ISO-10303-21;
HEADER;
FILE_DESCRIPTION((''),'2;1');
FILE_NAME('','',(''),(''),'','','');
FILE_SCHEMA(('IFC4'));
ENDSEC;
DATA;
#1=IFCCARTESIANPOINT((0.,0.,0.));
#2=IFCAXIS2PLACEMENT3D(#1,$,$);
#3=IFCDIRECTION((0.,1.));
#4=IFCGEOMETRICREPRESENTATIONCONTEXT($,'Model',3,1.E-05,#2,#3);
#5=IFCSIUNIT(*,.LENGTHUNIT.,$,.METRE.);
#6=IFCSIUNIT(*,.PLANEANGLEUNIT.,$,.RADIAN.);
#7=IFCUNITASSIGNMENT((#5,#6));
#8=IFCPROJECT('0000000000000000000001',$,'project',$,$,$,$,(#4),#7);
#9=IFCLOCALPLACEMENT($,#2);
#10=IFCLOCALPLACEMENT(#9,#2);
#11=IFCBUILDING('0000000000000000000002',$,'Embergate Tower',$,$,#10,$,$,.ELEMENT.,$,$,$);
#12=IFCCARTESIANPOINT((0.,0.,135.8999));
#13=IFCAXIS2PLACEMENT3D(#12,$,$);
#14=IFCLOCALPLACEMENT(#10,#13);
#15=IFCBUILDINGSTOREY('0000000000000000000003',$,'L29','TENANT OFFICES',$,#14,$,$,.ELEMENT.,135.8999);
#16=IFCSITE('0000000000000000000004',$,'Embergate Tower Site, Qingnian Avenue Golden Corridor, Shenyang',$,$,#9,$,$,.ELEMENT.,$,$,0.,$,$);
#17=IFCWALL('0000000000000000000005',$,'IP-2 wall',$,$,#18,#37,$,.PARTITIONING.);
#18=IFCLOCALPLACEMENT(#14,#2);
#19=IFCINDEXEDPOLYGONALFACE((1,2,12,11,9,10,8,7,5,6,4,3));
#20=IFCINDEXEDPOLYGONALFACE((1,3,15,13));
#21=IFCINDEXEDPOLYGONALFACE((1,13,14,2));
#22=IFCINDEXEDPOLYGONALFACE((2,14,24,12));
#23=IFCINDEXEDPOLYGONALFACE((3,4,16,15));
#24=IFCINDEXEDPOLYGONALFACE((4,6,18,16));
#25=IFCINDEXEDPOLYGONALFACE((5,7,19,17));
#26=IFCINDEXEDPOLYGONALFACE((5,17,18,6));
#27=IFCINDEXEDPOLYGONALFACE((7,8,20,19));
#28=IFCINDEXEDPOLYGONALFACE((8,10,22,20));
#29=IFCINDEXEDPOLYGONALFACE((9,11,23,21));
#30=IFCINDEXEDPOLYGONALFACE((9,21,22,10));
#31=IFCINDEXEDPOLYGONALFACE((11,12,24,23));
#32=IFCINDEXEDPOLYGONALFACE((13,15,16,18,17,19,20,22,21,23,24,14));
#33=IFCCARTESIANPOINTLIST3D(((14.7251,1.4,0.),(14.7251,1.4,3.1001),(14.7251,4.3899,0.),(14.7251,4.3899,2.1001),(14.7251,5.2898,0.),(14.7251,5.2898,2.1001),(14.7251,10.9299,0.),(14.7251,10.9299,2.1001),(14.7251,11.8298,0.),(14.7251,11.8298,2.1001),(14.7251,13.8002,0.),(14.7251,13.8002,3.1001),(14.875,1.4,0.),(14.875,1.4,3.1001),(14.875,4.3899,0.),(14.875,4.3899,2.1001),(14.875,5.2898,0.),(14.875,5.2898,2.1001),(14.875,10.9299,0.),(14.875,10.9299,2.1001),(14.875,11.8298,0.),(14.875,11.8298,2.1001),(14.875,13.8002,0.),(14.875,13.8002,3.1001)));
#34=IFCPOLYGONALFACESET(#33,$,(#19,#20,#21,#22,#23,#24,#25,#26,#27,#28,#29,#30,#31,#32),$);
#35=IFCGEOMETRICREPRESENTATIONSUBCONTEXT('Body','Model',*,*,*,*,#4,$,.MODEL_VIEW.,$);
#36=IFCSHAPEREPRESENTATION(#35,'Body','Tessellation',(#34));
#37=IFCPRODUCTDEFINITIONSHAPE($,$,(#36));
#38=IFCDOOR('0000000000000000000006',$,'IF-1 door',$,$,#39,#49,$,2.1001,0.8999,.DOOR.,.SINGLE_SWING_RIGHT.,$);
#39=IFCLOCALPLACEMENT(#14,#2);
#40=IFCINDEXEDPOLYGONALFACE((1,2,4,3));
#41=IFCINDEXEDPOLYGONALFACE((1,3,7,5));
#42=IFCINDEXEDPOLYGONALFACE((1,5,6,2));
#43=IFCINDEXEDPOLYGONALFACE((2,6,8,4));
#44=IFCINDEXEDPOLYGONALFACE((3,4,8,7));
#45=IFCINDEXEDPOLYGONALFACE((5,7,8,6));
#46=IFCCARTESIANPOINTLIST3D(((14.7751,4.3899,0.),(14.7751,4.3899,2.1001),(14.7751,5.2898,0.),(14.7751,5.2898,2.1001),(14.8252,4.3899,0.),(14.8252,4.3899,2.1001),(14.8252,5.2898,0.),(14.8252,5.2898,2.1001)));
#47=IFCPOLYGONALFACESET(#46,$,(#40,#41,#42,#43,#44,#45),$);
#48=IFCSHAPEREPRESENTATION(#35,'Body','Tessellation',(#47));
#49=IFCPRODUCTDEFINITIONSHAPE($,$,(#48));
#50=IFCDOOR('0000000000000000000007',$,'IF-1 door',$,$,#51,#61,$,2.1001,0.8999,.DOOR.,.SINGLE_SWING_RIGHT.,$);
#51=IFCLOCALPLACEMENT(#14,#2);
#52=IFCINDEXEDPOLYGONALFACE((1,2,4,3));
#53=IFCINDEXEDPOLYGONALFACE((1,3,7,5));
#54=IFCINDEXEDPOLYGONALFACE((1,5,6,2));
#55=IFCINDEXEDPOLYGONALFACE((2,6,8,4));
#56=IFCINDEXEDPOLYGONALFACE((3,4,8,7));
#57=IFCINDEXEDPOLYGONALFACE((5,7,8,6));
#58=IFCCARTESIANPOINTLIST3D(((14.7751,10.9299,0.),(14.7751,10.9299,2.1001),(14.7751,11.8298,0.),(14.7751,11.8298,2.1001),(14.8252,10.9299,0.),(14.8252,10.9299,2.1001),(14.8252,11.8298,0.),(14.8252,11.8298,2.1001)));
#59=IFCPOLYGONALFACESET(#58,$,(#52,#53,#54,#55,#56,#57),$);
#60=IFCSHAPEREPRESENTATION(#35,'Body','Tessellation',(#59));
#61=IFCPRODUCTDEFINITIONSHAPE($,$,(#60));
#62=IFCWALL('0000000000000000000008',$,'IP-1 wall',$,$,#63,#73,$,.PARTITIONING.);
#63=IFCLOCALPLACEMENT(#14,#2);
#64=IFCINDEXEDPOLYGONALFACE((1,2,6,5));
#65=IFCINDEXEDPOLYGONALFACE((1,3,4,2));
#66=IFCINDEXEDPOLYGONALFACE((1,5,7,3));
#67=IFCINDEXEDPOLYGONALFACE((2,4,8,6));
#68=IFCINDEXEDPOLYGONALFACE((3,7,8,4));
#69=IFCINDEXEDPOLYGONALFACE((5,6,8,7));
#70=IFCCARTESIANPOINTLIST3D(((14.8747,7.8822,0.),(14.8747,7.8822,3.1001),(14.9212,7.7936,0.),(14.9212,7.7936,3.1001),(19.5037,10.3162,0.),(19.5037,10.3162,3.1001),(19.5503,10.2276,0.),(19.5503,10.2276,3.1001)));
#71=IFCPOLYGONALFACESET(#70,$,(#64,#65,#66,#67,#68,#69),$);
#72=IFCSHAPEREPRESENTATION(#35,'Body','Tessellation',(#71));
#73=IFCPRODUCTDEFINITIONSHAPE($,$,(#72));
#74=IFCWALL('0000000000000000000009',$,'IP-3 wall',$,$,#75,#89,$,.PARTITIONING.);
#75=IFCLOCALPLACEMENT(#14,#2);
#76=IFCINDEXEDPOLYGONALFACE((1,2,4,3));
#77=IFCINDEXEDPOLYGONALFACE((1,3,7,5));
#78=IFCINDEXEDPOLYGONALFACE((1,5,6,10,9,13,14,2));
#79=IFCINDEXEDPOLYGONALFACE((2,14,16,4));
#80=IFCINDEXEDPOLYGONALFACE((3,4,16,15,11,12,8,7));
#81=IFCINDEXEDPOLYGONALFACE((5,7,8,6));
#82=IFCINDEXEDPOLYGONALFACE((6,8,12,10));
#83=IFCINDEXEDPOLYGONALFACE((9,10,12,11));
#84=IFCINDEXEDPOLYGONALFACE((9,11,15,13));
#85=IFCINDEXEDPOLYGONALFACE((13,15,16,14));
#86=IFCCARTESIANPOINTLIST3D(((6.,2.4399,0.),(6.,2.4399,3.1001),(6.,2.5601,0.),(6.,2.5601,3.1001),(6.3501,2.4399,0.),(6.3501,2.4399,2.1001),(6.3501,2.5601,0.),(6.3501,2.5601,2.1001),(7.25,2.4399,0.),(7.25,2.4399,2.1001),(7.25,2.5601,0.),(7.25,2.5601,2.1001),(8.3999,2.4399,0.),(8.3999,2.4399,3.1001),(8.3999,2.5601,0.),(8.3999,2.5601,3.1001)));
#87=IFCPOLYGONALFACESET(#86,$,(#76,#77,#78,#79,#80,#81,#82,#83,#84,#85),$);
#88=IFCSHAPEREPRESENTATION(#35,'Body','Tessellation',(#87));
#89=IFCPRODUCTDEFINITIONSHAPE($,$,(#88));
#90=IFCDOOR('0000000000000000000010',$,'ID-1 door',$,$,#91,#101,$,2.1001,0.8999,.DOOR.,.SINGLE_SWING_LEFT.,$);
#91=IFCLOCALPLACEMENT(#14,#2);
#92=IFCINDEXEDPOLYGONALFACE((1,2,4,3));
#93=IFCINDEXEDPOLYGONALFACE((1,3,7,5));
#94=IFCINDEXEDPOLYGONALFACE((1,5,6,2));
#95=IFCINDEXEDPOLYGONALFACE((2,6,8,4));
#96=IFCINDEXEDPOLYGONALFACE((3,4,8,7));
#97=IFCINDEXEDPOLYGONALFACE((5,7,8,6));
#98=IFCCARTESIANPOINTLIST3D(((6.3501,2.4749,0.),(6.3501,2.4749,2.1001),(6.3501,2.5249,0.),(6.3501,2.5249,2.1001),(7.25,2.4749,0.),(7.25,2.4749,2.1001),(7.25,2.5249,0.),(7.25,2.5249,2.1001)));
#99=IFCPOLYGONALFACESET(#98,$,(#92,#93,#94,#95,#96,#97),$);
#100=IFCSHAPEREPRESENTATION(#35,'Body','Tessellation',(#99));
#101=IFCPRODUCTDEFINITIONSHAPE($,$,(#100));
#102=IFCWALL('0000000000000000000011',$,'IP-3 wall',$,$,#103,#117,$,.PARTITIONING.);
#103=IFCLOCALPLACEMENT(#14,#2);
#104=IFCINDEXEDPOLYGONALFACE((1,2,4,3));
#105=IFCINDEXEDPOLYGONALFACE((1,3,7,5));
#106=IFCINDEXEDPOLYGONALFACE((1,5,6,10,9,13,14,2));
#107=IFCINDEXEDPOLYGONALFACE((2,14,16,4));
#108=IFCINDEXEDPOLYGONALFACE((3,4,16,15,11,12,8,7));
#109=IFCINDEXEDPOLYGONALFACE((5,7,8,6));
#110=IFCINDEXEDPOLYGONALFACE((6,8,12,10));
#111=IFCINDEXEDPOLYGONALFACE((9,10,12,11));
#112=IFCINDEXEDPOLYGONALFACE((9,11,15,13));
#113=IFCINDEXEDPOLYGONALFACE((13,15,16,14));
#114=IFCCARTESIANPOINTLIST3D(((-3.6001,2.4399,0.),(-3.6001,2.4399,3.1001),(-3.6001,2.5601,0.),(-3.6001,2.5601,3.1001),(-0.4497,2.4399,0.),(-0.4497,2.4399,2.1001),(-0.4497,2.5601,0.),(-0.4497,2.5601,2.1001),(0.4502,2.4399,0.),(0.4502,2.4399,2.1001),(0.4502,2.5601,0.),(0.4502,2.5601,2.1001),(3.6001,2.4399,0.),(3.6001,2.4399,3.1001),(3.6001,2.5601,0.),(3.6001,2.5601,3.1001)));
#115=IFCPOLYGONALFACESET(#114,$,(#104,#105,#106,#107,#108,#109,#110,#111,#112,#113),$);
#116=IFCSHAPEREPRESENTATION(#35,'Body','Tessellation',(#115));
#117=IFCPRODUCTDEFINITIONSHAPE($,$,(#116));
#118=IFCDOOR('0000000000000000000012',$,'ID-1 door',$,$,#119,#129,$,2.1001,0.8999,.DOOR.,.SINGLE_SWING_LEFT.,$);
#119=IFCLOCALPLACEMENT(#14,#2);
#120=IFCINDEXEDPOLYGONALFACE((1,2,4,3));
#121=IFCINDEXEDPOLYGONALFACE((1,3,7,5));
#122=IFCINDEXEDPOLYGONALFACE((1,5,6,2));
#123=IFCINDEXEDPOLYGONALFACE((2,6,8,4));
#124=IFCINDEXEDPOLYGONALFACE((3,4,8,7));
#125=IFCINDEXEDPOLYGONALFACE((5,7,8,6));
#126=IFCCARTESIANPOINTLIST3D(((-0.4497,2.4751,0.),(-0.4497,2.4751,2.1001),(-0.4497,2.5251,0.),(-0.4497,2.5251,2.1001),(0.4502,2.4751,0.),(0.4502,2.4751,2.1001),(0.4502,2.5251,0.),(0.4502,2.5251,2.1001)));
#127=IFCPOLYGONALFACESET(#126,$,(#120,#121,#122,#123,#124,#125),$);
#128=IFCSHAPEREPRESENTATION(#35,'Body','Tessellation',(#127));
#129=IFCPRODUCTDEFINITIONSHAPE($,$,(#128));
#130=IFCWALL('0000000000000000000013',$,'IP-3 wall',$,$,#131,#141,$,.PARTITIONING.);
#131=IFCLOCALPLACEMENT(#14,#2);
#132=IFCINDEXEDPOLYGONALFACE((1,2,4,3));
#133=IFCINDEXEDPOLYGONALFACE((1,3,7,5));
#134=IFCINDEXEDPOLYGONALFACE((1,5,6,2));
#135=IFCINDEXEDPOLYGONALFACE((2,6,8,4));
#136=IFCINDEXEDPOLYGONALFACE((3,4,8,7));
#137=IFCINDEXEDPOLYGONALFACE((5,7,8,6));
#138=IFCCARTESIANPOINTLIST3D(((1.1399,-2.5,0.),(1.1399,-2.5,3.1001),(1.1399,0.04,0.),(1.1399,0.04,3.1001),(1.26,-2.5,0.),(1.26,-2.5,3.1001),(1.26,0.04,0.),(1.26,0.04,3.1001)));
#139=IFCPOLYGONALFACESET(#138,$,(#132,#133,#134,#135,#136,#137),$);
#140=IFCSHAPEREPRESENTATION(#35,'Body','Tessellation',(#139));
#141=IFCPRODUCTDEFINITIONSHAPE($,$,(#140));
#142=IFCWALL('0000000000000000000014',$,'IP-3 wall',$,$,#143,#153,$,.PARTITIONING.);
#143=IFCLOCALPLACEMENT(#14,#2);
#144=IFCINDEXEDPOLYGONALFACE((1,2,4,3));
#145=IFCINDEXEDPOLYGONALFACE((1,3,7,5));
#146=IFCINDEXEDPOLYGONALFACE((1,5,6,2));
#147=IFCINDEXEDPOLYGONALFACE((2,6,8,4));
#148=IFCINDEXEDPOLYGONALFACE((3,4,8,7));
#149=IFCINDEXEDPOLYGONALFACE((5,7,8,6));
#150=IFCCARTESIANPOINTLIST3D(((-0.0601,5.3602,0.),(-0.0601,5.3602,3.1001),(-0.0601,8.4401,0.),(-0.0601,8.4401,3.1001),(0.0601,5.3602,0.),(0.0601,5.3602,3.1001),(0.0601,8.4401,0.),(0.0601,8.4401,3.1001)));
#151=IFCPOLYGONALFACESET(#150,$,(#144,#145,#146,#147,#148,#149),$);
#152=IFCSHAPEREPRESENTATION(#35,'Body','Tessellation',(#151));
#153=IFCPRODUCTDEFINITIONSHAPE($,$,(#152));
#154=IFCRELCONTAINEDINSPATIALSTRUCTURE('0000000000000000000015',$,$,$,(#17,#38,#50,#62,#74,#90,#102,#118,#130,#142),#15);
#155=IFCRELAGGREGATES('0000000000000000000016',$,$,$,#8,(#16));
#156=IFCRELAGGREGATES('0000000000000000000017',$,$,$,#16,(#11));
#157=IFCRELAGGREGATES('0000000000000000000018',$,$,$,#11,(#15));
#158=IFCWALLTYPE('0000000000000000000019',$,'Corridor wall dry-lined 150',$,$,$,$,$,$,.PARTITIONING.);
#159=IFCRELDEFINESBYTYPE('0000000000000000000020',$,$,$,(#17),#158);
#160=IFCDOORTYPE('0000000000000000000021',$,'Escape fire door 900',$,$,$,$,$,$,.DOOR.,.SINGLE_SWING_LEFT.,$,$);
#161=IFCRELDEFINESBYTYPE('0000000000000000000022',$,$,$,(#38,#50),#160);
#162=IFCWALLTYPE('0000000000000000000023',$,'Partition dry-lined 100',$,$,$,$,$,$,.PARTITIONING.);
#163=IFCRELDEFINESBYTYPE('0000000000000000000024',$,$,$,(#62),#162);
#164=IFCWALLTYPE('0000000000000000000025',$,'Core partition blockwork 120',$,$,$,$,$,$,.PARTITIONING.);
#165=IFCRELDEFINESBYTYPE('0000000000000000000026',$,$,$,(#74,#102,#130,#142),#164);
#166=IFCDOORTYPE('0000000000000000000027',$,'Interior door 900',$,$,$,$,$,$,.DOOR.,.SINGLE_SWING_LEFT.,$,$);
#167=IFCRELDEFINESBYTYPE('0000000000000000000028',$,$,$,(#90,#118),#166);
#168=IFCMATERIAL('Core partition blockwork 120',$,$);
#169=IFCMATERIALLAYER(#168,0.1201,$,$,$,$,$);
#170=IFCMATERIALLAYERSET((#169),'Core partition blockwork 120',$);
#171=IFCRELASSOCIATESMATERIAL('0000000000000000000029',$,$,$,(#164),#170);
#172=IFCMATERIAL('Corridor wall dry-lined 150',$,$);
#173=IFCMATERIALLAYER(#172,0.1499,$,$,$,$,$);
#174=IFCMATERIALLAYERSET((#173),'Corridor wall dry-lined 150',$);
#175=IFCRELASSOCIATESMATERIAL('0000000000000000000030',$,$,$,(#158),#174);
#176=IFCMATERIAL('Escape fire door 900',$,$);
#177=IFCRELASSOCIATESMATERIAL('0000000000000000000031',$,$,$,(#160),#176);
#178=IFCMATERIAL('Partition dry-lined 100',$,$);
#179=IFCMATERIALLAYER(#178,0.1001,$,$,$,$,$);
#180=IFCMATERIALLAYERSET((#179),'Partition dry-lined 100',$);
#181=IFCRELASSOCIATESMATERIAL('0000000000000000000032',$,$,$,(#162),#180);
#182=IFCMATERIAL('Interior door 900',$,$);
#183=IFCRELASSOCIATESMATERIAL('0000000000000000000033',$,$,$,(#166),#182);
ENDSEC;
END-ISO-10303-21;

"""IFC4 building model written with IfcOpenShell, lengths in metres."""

from ifc_helpers import new_model, si_unit, direction, frame, frame_2d, origin, place, context, subcontext, project, spatial, rectangle, extrude, source, transform, mapped, material, layer, layer_set, type_object, element, fill, save


model = new_model("IFC4")

# Units and contexts
model_context = context("Model", 3, precision=1e-05, world=origin(), true_north=direction((0.0, 1.0)))
body_context = subcontext(model_context, "Body", "Model", "MODEL_VIEW")
ifc_project = project(units=[si_unit("LENGTHUNIT", "METRE"), si_unit("PLANEANGLEUNIT", "RADIAN")], contexts=[model_context])

# Site, building, storey
site_placement = place(None, origin())
site = spatial("IfcSite", under=ifc_project, at=site_placement, Name="Embergate Tower Site, Qingnian Avenue Golden Corridor, Shenyang", CompositionType="ELEMENT", RefElevation=0.0)
building_placement = place(site_placement, origin())
building = spatial("IfcBuilding", under=site, at=building_placement, Name="Embergate Tower", CompositionType="ELEMENT")
storey_placement = place(building_placement, frame((0.0, 0.0, 135.8999)))
storey = spatial("IfcBuildingStorey", under=building, at=storey_placement, Name="L29", Description="TENANT OFFICES", CompositionType="ELEMENT", Elevation=135.8999)

# Shared definitions
ifc_material_1 = material(Name="Core partition blockwork 120")
ifc_layer_1 = layer(ifc_material_1, 0.1201)
ifc_layer_set_1 = layer_set([ifc_layer_1], Name="Core partition blockwork 120")
wall_type_1 = type_object("IfcWallType", Name="Core partition blockwork 120", PredefinedType="PARTITIONING", material=ifc_layer_set_1)

# Wall, openings, doors
ifc_material_2 = material(Name="Corridor wall dry-lined 150")
ifc_layer_2 = layer(ifc_material_2, 0.1499)
ifc_layer_set_2 = layer_set([ifc_layer_2], Name="Corridor wall dry-lined 150")
wall_type_2 = type_object("IfcWallType", Name="Corridor wall dry-lined 150", PredefinedType="PARTITIONING", material=ifc_layer_set_2)
shared_shape_1 = source(origin(), body_context, "Body", "SweptSolid", [
    extrude(rectangle(XDim=12.4001, YDim=0.1499, at=frame_2d((6.2002, 0.0))), origin(), (0.0, 0.0, 1.0), 3.1001),
])
wall_1_placement = place(storey_placement, frame((14.8, 1.3999, 0.0), z_axis=(0.0, 0.0, 1.0), x_axis=(0.0, 1.0, 0.0)))
wall_1 = element("IfcWall", 1, at=wall_1_placement, inside=storey, type_object=wall_type_2, Name="IP-2 wall", PredefinedType="PARTITIONING", context=body_context, shape_type="MappedRepresentation", body=[
    mapped(shared_shape_1, transform((0.0, 0.0, 0.0))),
])
shared_shape_2 = source(origin(), body_context, "Body", "SweptSolid", [
    extrude(rectangle(XDim=0.8999, YDim=2.1001, at=frame_2d((0.45, 1.05))), frame((0.0, 0.085, 0.0), z_axis=(0.0, -1.0, 0.0), x_axis=(1.0, 0.0, 0.0)), (0.0, 0.0, 1.0), 0.1699),
])
opening_1_placement = place(wall_1_placement, frame((2.99, 0.0, 0.0)))
opening_1 = element("IfcOpeningElement", 2, at=opening_1_placement, cuts=wall_1, PredefinedType="OPENING", context=body_context, shape_type="MappedRepresentation", body=[
    mapped(shared_shape_2, transform((0.0, 0.0, 0.0))),
])
opening_2_placement = place(wall_1_placement, frame((9.53, 0.0, 0.0)))
opening_2 = element("IfcOpeningElement", 3, at=opening_2_placement, cuts=wall_1, PredefinedType="OPENING", context=body_context, shape_type="MappedRepresentation", body=[
    mapped(shared_shape_2, transform((0.0, 0.0, 0.0))),
])
ifc_material_3 = material(Name="Escape fire door 900")
door_type_1 = type_object("IfcDoorType", Name="Escape fire door 900", OperationType="SINGLE_SWING_LEFT", PredefinedType="DOOR", material=ifc_material_3)
shared_shape_3 = source(origin(), body_context, "Body", "SweptSolid", [
    extrude(rectangle(XDim=0.8999, YDim=2.1001, at=frame_2d((0.45, 1.05))), frame((0.0, 0.0249, 0.0), z_axis=(0.0, -1.0, 0.0), x_axis=(1.0, 0.0, 0.0)), (0.0, 0.0, 1.0), 0.05),
])
door_1_placement = place(opening_1_placement, origin())
door_1 = element("IfcDoor", 4, at=door_1_placement, inside=storey, type_object=door_type_1, Name="IF-1 door", OperationType="SINGLE_SWING_RIGHT", OverallHeight=2.1001, OverallWidth=0.8999, PredefinedType="DOOR", context=body_context, shape_type="MappedRepresentation", body=[
    mapped(shared_shape_3, transform((0.0, 0.0, 0.0))),
])
fill(opening_1, door_1)
door_2_placement = place(opening_2_placement, origin())
door_2 = element("IfcDoor", 5, at=door_2_placement, inside=storey, type_object=door_type_1, Name="IF-1 door", OperationType="SINGLE_SWING_RIGHT", OverallHeight=2.1001, OverallWidth=0.8999, PredefinedType="DOOR", context=body_context, shape_type="MappedRepresentation", body=[
    mapped(shared_shape_3, transform((0.0, 0.0, 0.0))),
])
fill(opening_2, door_2)

# Wall
ifc_material_4 = material(Name="Partition dry-lined 100")
ifc_layer_3 = layer(ifc_material_4, 0.1001)
ifc_layer_set_3 = layer_set([ifc_layer_3], Name="Partition dry-lined 100")
wall_type_3 = type_object("IfcWallType", Name="Partition dry-lined 100", PredefinedType="PARTITIONING", material=ifc_layer_set_3)
shared_shape_4 = source(origin(), body_context, "Body", "SweptSolid", [
    extrude(rectangle(XDim=5.23, YDim=0.1001, at=frame_2d((2.615, 0.0))), origin(), (0.0, 0.0, 1.0), 3.1001),
])
wall_2_placement = place(storey_placement, frame((14.8979, 7.8379, 0.0), z_axis=(0.0, 0.0, 1.0), x_axis=(0.8851, 0.4654, 0.0)))
element("IfcWall", 6, at=wall_2_placement, inside=storey, type_object=wall_type_3, Name="IP-1 wall", PredefinedType="PARTITIONING", context=body_context, shape_type="MappedRepresentation", body=[
    mapped(shared_shape_4, transform((0.0, 0.0, 0.0))),
])

# Walls, openings, doors
shared_shape_5 = source(origin(), body_context, "Body", "SweptSolid", [
    extrude(rectangle(XDim=2.3999, YDim=0.1201, at=frame_2d((1.2, 0.0))), origin(), (0.0, 0.0, 1.0), 3.1001),
])
wall_3_placement = place(storey_placement, frame((6.0, 2.5, 0.0), z_axis=(0.0, 0.0, 1.0), x_axis=(1.0, 0.0, 0.0)))
wall_3 = element("IfcWall", 7, at=wall_3_placement, inside=storey, type_object=wall_type_1, Name="IP-3 wall", PredefinedType="PARTITIONING", context=body_context, shape_type="MappedRepresentation", body=[
    mapped(shared_shape_5, transform((0.0, 0.0, 0.0))),
])
shared_shape_6 = source(origin(), body_context, "Body", "SweptSolid", [
    extrude(rectangle(XDim=0.8999, YDim=2.1001, at=frame_2d((0.45, 1.05))), frame((0.0, 0.0701, 0.0), z_axis=(0.0, -1.0, 0.0), x_axis=(1.0, 0.0, 0.0)), (0.0, 0.0, 1.0), 0.1401),
])
opening_3_placement = place(wall_3_placement, frame((0.3501, 0.0, 0.0)))
opening_3 = element("IfcOpeningElement", 8, at=opening_3_placement, cuts=wall_3, PredefinedType="OPENING", context=body_context, shape_type="MappedRepresentation", body=[
    mapped(shared_shape_6, transform((0.0, 0.0, 0.0))),
])
ifc_material_5 = material(Name="Interior door 900")
door_type_2 = type_object("IfcDoorType", Name="Interior door 900", OperationType="SINGLE_SWING_LEFT", PredefinedType="DOOR", material=ifc_material_5)
door_3_placement = place(opening_3_placement, origin())
door_3 = element("IfcDoor", 9, at=door_3_placement, inside=storey, type_object=door_type_2, Name="ID-1 door", OperationType="SINGLE_SWING_LEFT", OverallHeight=2.1001, OverallWidth=0.8999, PredefinedType="DOOR", context=body_context, shape_type="MappedRepresentation", body=[
    mapped(shared_shape_3, transform((0.0, 0.0, 0.0))),
])
fill(opening_3, door_3)
shared_shape_7 = source(origin(), body_context, "Body", "SweptSolid", [
    extrude(rectangle(XDim=7.2002, YDim=0.1201, at=frame_2d((3.6001, 0.0))), origin(), (0.0, 0.0, 1.0), 3.1001),
])
wall_4_placement = place(storey_placement, frame((3.6001, 2.5, 0.0), z_axis=(0.0, 0.0, 1.0), x_axis=(-1.0, 0.0, 0.0)))
wall_4 = element("IfcWall", 10, at=wall_4_placement, inside=storey, type_object=wall_type_1, Name="IP-3 wall", PredefinedType="PARTITIONING", context=body_context, shape_type="MappedRepresentation", body=[
    mapped(shared_shape_7, transform((0.0, 0.0, 0.0))),
])
opening_4_placement = place(wall_4_placement, frame((3.1499, 0.0, 0.0)))
opening_4 = element("IfcOpeningElement", 11, at=opening_4_placement, cuts=wall_4, PredefinedType="OPENING", context=body_context, shape_type="MappedRepresentation", body=[
    mapped(shared_shape_6, transform((0.0, 0.0, 0.0))),
])
door_4_placement = place(opening_4_placement, origin())
door_4 = element("IfcDoor", 12, at=door_4_placement, inside=storey, type_object=door_type_2, Name="ID-1 door", OperationType="SINGLE_SWING_LEFT", OverallHeight=2.1001, OverallWidth=0.8999, PredefinedType="DOOR", context=body_context, shape_type="MappedRepresentation", body=[
    mapped(shared_shape_3, transform((0.0, 0.0, 0.0))),
])
fill(opening_4, door_4)

# Walls
shared_shape_8 = source(origin(), body_context, "Body", "SweptSolid", [
    extrude(rectangle(XDim=2.54, YDim=0.1201, at=frame_2d((1.27, 0.0))), origin(), (0.0, 0.0, 1.0), 3.1001),
])
wall_5_placement = place(storey_placement, frame((1.2, 0.04, 0.0), z_axis=(0.0, 0.0, 1.0), x_axis=(0.0, -1.0, 0.0)))
element("IfcWall", 13, at=wall_5_placement, inside=storey, type_object=wall_type_1, Name="IP-3 wall", PredefinedType="PARTITIONING", context=body_context, shape_type="MappedRepresentation", body=[
    mapped(shared_shape_8, transform((0.0, 0.0, 0.0))),
])
shared_shape_9 = source(origin(), body_context, "Body", "SweptSolid", [
    extrude(rectangle(XDim=3.0798, YDim=0.1201, at=frame_2d((1.54, 0.0))), origin(), (0.0, 0.0, 1.0), 3.1001),
])
wall_6_placement = place(storey_placement, frame((0.0, 5.3601, 0.0), z_axis=(0.0, 0.0, 1.0), x_axis=(0.0, 1.0, 0.0)))
element("IfcWall", 14, at=wall_6_placement, inside=storey, type_object=wall_type_1, Name="IP-3 wall", PredefinedType="PARTITIONING", context=body_context, shape_type="MappedRepresentation", body=[
    mapped(shared_shape_9, transform((0.0, 0.0, 0.0))),
])

save(model, "model.ifc")
